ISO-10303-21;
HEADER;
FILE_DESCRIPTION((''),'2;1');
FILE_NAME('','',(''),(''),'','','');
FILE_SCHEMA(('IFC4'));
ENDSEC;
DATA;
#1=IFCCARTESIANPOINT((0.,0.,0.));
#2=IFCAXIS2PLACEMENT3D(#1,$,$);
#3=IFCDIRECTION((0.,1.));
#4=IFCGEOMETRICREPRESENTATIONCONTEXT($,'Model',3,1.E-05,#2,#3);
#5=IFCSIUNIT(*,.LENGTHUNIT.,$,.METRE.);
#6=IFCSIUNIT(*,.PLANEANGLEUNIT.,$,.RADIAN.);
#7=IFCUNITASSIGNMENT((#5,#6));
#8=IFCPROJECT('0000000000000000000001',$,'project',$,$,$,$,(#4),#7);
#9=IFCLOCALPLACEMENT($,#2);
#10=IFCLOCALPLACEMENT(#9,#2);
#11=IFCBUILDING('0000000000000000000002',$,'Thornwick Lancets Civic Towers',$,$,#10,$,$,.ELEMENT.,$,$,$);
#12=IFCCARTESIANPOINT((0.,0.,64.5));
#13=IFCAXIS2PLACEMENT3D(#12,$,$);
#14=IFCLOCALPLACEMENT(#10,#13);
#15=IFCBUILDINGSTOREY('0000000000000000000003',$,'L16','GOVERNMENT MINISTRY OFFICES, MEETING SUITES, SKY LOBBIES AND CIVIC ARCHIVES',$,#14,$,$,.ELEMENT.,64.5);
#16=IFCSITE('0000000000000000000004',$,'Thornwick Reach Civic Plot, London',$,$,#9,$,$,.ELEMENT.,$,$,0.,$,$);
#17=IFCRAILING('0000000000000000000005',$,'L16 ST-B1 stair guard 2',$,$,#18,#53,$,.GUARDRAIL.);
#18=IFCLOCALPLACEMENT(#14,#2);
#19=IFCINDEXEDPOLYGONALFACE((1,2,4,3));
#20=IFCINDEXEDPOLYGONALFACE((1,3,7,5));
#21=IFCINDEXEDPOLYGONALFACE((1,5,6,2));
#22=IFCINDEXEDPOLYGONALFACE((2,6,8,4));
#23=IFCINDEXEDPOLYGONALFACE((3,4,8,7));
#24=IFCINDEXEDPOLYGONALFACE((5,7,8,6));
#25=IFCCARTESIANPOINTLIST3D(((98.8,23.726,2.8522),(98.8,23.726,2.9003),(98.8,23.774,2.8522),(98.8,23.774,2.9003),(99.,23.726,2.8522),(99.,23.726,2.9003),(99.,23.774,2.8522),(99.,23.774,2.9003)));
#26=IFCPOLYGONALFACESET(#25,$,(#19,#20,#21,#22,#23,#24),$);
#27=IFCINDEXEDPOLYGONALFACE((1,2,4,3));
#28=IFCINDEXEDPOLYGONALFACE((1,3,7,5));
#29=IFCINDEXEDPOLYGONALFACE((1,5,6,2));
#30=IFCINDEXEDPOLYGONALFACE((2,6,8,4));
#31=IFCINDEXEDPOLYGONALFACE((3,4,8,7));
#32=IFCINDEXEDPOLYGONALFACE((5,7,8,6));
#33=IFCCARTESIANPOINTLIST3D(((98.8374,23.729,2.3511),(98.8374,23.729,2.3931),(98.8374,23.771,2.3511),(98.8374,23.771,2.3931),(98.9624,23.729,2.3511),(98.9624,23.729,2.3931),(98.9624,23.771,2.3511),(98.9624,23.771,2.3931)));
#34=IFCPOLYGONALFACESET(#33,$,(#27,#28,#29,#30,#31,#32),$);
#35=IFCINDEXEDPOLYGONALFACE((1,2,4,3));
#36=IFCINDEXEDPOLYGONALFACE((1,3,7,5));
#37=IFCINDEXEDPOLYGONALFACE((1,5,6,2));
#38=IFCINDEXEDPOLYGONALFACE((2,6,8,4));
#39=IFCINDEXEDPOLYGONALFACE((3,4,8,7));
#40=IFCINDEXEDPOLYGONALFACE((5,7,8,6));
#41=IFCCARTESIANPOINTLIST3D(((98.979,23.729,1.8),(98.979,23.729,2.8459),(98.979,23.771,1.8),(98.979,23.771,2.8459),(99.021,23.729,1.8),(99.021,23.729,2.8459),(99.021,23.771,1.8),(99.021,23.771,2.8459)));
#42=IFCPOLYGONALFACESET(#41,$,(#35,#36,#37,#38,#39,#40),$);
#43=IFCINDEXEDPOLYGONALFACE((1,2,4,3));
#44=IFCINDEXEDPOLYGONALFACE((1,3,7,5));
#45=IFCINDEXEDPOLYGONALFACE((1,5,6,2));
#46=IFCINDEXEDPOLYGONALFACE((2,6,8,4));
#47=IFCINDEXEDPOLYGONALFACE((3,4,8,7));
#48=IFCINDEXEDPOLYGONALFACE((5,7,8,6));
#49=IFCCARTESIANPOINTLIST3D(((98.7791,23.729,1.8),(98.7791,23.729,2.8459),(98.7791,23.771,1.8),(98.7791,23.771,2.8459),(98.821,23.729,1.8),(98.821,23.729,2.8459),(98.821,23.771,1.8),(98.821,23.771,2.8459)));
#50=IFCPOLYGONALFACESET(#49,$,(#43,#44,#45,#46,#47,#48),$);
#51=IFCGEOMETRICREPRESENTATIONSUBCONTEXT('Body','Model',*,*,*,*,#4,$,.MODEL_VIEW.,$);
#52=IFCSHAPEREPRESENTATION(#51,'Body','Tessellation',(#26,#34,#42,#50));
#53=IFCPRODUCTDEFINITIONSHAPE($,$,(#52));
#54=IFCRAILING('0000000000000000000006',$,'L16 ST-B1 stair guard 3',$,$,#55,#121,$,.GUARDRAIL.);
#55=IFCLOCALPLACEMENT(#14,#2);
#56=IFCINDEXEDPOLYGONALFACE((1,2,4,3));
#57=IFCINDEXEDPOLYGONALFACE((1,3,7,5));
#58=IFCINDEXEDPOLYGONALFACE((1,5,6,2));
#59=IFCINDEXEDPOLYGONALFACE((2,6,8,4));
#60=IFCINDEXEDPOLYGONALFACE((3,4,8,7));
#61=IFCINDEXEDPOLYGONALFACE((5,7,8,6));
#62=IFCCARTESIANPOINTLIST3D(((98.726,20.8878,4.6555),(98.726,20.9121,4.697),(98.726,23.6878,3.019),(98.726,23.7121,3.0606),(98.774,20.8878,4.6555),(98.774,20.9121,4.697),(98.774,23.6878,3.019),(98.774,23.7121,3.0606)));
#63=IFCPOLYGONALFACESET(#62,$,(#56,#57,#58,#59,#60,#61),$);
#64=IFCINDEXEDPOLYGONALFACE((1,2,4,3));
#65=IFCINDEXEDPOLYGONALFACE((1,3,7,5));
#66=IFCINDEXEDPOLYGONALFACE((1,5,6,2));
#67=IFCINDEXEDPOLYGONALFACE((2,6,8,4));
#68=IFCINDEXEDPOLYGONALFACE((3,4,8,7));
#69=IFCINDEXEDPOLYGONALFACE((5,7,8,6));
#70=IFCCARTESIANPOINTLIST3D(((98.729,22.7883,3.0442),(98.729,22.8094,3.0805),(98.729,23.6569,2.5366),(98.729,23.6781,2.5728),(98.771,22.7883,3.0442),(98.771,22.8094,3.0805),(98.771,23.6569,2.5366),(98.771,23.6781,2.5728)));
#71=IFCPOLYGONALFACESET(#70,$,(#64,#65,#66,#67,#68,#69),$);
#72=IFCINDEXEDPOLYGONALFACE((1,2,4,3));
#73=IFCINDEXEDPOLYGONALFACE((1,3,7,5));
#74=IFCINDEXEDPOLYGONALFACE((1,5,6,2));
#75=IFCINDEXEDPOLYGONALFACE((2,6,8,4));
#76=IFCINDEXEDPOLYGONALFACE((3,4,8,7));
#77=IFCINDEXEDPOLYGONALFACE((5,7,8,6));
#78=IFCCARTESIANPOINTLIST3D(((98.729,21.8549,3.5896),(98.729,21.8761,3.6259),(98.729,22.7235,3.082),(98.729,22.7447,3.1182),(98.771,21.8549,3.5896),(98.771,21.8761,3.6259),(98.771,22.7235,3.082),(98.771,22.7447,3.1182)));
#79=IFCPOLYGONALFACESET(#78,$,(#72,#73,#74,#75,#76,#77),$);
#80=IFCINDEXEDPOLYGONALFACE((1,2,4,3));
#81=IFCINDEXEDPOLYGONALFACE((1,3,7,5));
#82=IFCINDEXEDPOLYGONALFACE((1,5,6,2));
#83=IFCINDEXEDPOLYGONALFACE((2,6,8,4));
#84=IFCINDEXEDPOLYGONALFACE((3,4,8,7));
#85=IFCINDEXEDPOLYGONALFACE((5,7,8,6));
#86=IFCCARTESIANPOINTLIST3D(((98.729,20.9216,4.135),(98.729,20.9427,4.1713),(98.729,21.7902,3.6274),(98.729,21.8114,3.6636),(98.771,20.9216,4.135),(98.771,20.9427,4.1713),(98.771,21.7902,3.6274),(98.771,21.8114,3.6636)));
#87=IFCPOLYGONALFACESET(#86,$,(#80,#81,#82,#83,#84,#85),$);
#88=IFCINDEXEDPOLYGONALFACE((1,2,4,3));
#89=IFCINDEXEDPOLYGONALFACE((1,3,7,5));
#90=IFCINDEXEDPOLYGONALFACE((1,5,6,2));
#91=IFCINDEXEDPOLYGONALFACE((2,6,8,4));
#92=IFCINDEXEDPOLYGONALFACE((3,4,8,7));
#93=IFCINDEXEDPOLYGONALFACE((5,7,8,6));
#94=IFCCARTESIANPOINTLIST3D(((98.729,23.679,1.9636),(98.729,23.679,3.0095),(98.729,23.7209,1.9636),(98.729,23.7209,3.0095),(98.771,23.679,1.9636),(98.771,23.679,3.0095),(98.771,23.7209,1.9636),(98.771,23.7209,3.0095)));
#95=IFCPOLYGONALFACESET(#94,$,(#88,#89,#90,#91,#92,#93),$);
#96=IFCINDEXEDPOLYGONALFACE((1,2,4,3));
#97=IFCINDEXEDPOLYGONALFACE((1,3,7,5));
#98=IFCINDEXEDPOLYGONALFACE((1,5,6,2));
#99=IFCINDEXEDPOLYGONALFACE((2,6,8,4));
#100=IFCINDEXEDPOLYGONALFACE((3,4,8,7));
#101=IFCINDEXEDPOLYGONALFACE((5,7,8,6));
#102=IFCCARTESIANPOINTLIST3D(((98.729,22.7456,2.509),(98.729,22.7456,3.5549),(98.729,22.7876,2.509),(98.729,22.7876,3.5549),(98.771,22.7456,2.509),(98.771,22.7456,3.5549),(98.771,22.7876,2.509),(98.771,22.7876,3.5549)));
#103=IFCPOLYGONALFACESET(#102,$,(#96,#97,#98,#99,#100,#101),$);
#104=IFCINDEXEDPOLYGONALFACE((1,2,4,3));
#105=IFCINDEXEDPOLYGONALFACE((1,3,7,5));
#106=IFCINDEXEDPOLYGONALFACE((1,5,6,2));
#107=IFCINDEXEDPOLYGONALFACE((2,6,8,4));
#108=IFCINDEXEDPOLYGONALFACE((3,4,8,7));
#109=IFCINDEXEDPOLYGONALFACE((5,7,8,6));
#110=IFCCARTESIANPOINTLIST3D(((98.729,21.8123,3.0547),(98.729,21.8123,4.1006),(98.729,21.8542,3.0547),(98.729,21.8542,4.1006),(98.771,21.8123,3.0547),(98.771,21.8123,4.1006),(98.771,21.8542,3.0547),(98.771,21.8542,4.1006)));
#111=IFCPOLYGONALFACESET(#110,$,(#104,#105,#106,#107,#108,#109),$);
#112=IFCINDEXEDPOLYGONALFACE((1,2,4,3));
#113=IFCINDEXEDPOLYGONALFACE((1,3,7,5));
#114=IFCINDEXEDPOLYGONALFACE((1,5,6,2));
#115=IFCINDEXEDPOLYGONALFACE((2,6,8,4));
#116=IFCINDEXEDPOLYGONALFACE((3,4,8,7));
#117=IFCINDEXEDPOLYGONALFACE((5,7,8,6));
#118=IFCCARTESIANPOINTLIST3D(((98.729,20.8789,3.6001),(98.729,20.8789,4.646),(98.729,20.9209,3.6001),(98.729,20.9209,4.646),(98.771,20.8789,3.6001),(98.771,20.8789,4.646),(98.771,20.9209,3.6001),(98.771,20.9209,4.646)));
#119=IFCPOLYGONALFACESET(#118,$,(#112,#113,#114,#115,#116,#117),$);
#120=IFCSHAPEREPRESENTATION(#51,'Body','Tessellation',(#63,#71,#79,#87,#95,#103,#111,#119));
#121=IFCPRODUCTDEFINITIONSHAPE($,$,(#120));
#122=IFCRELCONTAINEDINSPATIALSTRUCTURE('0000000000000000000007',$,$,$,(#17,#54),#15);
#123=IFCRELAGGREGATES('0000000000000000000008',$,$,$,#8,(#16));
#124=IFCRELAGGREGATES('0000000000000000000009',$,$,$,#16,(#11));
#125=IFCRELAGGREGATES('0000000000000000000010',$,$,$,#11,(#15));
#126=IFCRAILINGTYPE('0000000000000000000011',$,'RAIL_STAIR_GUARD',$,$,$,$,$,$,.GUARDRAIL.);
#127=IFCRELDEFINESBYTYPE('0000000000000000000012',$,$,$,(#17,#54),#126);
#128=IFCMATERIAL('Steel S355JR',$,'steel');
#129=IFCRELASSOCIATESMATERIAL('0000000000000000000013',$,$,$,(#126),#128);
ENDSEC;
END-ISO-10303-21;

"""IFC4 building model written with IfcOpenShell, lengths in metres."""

from ifc_helpers import new_model, si_unit, direction, frame, origin, origin_2d, place, context, subcontext, project, spatial, rectangle, extrude, material, type_object, element, save


model = new_model("IFC4")

# Units and contexts
model_context = context("Model", 3, precision=1e-05, world=origin(), true_north=direction((0.0, 1.0)))
body_context = subcontext(model_context, "Body", "Model", "MODEL_VIEW")
ifc_project = project(units=[si_unit("LENGTHUNIT", "METRE"), si_unit("PLANEANGLEUNIT", "RADIAN")], contexts=[model_context])

# Site, building, storey
site_placement = place(None, origin())
site = spatial("IfcSite", under=ifc_project, at=site_placement, Name="Thornwick Reach Civic Plot, London", CompositionType="ELEMENT", RefElevation=0.0)
building_placement = place(site_placement, origin())
building = spatial("IfcBuilding", under=site, at=building_placement, Name="Thornwick Lancets Civic Towers", CompositionType="ELEMENT")
storey_placement = place(building_placement, frame((0.0, 0.0, 64.5)))
storey = spatial("IfcBuildingStorey", under=building, at=storey_placement, Name="L16", Description="GOVERNMENT MINISTRY OFFICES, MEETING SUITES, SKY LOBBIES AND CIVIC ARCHIVES", CompositionType="ELEMENT", Elevation=64.5)

# Railings
ifc_material_1 = material(Name="Steel S355JR", Category="steel")
railing_type_1 = type_object("IfcRailingType", Name="RAIL_STAIR_GUARD", PredefinedType="GUARDRAIL", material=ifc_material_1)
railing_1_placement = place(storey_placement, frame((99.0, 23.75, 1.8)))
element("IfcRailing", 1, at=railing_1_placement, inside=storey, type_object=railing_type_1, Name="L16 ST-B1 stair guard 2", PredefinedType="GUARDRAIL", context=body_context, shape_type="SweptSolid", body=[
    extrude(rectangle(XDim=0.0481, YDim=0.0481, at=origin_2d()), frame((0.0, 0.0, 1.0762), z_axis=(-1.0, 0.0, 0.0), x_axis=(0.0, -1.0, 0.0)), (0.0, 0.0, 1.0), 0.2),
    extrude(rectangle(XDim=0.042, YDim=0.042, at=origin_2d()), frame((-0.0376, 0.0, 0.572), z_axis=(-1.0, 0.0, 0.0), x_axis=(0.0, -1.0, 0.0)), (0.0, 0.0, 1.0), 0.125),
    extrude(rectangle(XDim=0.042, YDim=0.042, at=origin_2d()), origin(), (0.0, 0.0, 1.0), 1.0459),
    extrude(rectangle(XDim=0.042, YDim=0.042, at=origin_2d()), frame((-0.2, 0.0, 0.0)), (0.0, 0.0, 1.0), 1.0459),
])
railing_2_placement = place(storey_placement, frame((98.75, 23.7, 1.9636)))
element("IfcRailing", 2, at=railing_2_placement, inside=storey, type_object=railing_type_1, Name="L16 ST-B1 stair guard 3", PredefinedType="GUARDRAIL", context=body_context, shape_type="SweptSolid", body=[
    extrude(rectangle(XDim=0.0481, YDim=0.0481, at=origin_2d()), frame((0.0, 0.0, 1.0762), z_axis=(0.0, -0.863361, 0.504587), x_axis=(1.0, 0.0, 0.0)), (0.0, 0.0, 1.0), 3.2432),
    extrude(rectangle(XDim=0.042, YDim=0.042, at=origin_2d()), frame((0.0, -0.0325, 0.5911), z_axis=(0.0, -0.863361, 0.504587), x_axis=(1.0, 0.0, 0.0)), (0.0, 0.0, 1.0), 1.0061),
    extrude(rectangle(XDim=0.042, YDim=0.042, at=origin_2d()), frame((0.0, -0.9658, 1.1365), z_axis=(0.0, -0.863361, 0.504587), x_axis=(1.0, 0.0, 0.0)), (0.0, 0.0, 1.0), 1.0061),
    extrude(rectangle(XDim=0.042, YDim=0.042, at=origin_2d()), frame((0.0, -1.8992, 1.6819), z_axis=(0.0, -0.863361, 0.504587), x_axis=(1.0, 0.0, 0.0)), (0.0, 0.0, 1.0), 1.0061),
    extrude(rectangle(XDim=0.042, YDim=0.042, at=origin_2d()), origin(), (0.0, 0.0, 1.0), 1.0459),
    extrude(rectangle(XDim=0.042, YDim=0.042, at=origin_2d()), frame((0.0, -0.9333, 0.5454)), (0.0, 0.0, 1.0), 1.0459),
    extrude(rectangle(XDim=0.042, YDim=0.042, at=origin_2d()), frame((0.0, -1.8667, 1.0911)), (0.0, 0.0, 1.0), 1.0459),
    extrude(rectangle(XDim=0.042, YDim=0.042, at=origin_2d()), frame((0.0, -2.8, 1.6365)), (0.0, 0.0, 1.0), 1.0459),
])

save(model, "model.ifc")
